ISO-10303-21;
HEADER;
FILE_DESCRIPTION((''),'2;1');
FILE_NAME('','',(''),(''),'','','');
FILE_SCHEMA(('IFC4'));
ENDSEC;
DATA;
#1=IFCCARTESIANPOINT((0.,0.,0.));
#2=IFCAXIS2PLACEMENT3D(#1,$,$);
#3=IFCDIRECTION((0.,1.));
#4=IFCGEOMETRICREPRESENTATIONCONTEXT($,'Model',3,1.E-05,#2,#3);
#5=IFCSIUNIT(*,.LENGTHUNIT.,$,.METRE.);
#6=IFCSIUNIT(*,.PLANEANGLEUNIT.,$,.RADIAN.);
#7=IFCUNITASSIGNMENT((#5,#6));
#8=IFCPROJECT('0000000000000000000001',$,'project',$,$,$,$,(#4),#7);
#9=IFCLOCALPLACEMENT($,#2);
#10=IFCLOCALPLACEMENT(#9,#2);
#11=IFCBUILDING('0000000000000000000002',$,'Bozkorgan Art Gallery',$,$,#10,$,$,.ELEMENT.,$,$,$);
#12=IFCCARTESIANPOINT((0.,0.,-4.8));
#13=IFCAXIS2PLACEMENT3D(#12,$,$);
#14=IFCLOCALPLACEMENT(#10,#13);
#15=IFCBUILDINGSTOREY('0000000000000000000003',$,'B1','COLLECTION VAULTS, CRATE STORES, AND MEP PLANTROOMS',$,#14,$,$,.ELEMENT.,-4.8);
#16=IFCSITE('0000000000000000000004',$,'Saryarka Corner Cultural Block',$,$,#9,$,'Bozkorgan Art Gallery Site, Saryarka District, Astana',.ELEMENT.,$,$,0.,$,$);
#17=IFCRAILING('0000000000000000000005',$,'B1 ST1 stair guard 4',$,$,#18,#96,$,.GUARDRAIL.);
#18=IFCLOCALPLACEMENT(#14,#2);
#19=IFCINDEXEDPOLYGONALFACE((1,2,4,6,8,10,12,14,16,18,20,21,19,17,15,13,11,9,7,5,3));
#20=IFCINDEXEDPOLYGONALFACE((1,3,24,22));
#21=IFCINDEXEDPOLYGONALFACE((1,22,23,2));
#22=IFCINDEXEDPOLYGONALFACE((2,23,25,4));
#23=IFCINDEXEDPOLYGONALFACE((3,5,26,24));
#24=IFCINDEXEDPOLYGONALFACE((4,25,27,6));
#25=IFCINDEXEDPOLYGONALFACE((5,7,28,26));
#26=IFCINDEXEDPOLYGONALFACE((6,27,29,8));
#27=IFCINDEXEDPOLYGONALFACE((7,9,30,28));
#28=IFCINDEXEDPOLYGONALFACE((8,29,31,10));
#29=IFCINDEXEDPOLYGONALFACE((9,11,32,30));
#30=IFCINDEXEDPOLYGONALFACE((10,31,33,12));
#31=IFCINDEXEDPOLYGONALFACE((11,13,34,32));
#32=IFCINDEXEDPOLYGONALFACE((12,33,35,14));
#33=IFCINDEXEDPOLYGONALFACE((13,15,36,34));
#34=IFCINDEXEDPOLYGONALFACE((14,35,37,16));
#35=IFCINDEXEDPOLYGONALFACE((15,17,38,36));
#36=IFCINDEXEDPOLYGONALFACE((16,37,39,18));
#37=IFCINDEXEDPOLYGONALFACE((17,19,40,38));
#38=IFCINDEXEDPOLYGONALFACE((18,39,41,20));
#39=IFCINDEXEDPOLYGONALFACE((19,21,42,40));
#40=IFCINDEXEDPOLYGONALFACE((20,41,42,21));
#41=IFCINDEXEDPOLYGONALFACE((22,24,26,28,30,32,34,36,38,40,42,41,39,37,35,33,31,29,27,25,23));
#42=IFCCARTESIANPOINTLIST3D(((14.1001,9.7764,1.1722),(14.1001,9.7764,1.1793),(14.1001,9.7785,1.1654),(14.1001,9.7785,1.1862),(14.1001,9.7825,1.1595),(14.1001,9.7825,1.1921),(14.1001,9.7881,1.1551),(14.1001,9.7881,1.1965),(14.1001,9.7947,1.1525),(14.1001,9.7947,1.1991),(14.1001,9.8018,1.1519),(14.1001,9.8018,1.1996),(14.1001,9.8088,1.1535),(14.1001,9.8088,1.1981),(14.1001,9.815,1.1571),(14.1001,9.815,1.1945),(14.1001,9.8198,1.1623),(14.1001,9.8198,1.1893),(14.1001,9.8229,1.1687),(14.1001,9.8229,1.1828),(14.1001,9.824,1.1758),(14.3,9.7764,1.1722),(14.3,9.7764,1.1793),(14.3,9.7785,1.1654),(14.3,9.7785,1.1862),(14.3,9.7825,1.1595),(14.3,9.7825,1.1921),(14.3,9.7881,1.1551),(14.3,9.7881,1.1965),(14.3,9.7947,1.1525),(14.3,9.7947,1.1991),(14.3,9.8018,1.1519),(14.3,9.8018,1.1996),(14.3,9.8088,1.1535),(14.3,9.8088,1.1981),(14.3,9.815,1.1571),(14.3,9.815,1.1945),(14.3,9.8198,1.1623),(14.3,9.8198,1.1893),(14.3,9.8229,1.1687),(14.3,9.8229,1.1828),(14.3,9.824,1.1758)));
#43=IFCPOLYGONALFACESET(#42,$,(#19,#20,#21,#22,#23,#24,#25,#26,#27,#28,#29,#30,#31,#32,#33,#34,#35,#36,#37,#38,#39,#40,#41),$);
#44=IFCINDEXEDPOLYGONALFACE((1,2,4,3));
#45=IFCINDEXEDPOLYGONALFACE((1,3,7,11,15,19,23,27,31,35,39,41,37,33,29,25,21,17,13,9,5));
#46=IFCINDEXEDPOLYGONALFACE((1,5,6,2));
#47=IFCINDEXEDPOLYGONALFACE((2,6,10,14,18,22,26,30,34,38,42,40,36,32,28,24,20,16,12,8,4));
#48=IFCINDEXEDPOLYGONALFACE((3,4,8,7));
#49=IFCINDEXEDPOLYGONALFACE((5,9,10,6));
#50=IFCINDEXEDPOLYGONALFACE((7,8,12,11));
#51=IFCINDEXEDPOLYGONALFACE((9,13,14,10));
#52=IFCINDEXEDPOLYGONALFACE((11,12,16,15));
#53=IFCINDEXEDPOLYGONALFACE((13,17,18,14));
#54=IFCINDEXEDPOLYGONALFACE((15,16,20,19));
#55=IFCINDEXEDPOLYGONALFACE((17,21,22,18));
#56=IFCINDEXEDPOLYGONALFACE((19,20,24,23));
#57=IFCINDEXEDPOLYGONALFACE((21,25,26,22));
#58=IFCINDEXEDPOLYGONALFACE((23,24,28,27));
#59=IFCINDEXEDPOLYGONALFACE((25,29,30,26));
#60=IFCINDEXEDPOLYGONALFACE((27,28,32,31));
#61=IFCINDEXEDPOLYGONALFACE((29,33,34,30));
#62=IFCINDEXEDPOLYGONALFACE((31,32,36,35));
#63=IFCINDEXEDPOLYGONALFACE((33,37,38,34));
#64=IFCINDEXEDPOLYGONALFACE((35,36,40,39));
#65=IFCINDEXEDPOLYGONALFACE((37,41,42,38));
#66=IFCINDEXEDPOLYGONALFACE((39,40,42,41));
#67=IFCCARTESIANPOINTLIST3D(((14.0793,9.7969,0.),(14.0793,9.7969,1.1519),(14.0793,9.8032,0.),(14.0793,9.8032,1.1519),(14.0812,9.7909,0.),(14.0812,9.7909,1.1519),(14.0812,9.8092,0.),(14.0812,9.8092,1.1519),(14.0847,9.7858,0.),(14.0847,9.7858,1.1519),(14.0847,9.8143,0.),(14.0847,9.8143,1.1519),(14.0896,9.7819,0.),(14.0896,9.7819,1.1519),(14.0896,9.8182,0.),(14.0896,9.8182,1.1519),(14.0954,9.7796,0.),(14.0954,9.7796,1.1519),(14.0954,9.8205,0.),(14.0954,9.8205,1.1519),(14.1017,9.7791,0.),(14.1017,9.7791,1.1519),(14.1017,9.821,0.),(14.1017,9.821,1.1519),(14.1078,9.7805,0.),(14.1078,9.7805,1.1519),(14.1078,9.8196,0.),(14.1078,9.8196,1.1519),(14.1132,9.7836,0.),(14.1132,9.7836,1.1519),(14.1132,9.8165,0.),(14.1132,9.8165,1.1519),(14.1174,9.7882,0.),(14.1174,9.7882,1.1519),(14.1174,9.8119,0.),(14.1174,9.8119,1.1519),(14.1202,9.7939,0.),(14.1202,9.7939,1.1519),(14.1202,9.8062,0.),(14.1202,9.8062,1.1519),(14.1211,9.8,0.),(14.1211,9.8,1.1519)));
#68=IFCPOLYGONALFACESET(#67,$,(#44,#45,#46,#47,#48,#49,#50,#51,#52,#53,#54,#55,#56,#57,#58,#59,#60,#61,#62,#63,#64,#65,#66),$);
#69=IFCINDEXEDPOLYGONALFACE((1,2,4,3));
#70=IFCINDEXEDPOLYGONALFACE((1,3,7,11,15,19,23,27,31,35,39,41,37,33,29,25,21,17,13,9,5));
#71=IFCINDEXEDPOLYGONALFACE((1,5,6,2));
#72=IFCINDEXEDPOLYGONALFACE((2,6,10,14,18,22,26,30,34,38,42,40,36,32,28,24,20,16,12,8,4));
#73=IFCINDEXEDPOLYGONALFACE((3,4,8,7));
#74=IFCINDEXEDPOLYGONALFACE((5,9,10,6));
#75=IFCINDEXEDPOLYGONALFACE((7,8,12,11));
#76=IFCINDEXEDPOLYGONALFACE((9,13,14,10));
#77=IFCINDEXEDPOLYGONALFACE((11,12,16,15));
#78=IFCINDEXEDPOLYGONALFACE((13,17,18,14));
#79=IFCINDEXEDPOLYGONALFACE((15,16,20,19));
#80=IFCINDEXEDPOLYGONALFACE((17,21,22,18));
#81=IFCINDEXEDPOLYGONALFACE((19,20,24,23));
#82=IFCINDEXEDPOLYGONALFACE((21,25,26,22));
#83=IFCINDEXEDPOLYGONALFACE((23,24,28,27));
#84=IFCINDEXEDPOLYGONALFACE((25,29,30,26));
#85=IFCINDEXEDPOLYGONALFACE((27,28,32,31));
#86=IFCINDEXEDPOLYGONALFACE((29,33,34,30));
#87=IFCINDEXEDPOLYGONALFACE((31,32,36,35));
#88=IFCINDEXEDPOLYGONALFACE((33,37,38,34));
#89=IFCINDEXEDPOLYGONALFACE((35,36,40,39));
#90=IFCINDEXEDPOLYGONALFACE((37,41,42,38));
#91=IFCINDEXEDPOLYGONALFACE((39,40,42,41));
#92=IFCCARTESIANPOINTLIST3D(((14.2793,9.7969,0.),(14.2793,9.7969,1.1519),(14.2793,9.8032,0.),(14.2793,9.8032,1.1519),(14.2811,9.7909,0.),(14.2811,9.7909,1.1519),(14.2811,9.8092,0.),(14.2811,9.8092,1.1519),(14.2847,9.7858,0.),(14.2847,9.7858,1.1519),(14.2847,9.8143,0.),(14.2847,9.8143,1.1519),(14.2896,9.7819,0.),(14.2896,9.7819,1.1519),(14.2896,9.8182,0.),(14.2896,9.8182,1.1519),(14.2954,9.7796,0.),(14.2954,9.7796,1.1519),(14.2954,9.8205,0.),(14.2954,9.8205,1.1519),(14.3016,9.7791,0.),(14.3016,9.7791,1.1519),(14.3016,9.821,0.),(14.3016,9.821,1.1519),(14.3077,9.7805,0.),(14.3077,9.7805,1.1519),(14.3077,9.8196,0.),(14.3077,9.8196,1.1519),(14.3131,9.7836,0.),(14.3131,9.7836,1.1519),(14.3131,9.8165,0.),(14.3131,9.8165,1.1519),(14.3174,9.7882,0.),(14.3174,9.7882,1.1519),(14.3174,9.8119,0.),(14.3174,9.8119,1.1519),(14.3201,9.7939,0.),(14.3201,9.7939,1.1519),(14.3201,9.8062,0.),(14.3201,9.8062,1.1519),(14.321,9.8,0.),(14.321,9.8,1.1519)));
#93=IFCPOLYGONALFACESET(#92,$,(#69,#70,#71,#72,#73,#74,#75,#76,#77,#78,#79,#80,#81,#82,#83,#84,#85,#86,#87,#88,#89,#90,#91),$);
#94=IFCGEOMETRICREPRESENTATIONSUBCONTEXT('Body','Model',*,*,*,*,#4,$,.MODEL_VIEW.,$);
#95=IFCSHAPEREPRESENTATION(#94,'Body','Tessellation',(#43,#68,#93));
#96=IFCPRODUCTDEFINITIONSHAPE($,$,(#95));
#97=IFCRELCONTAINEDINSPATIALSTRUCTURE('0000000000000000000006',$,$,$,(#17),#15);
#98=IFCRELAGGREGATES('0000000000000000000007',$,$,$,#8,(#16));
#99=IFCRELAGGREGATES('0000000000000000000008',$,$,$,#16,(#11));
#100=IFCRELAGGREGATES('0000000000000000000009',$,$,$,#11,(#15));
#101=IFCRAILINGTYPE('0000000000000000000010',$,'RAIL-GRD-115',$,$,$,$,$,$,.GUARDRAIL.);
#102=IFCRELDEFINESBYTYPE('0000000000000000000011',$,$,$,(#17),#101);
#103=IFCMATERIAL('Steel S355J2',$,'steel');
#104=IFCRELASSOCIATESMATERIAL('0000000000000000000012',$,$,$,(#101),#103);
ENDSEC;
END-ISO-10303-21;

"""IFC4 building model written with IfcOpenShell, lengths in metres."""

from ifc_helpers import new_model, si_unit, direction, frame, origin, origin_2d, place, context, subcontext, project, spatial, circle, extrude, material, type_object, element, save


model = new_model("IFC4")

# Units and contexts
model_context = context("Model", 3, precision=1e-05, world=origin(), true_north=direction((0.0, 1.0)))
body_context = subcontext(model_context, "Body", "Model", "MODEL_VIEW")
ifc_project = project(units=[si_unit("LENGTHUNIT", "METRE"), si_unit("PLANEANGLEUNIT", "RADIAN")], contexts=[model_context])

# Site, building, storey
site_placement = place(None, origin())
site = spatial("IfcSite", under=ifc_project, at=site_placement, Name="Saryarka Corner Cultural Block", LongName="Bozkorgan Art Gallery Site, Saryarka District, Astana", CompositionType="ELEMENT", RefElevation=0.0)
building_placement = place(site_placement, origin())
building = spatial("IfcBuilding", under=site, at=building_placement, Name="Bozkorgan Art Gallery", CompositionType="ELEMENT")
storey_placement = place(building_placement, frame((0.0, 0.0, -4.8)))
storey = spatial("IfcBuildingStorey", under=building, at=storey_placement, Name="B1", Description="COLLECTION VAULTS, CRATE STORES, AND MEP PLANTROOMS", CompositionType="ELEMENT", Elevation=-4.8)

# Shared definitions
ifc_material_1 = material(Name="Steel S355J2", Category="steel")

# Railing
railing_type_1 = type_object("IfcRailingType", Name="RAIL-GRD-115", PredefinedType="GUARDRAIL", material=ifc_material_1)
railing_1_placement = place(storey_placement, frame((14.1001, 9.8, 0.0)))
element("IfcRailing", 1, at=railing_1_placement, inside=storey, type_object=railing_type_1, Name="B1 ST1 stair guard 4", PredefinedType="GUARDRAIL", context=body_context, shape_type="SweptSolid", body=[
    extrude(circle(Radius=0.0239, at=origin_2d()), frame((0.0, 0.0, 1.1758), z_axis=(1.0, 0.0, 0.0), x_axis=(0.0, 1.0, 0.0)), (0.0, 0.0, 1.0), 0.2),
    extrude(circle(Radius=0.021, at=origin_2d()), origin(), (0.0, 0.0, 1.0), 1.1519),
    extrude(circle(Radius=0.021, at=origin_2d()), frame((0.2, 0.0, 0.0)), (0.0, 0.0, 1.0), 1.1519),
])

save(model, "model.ifc")
